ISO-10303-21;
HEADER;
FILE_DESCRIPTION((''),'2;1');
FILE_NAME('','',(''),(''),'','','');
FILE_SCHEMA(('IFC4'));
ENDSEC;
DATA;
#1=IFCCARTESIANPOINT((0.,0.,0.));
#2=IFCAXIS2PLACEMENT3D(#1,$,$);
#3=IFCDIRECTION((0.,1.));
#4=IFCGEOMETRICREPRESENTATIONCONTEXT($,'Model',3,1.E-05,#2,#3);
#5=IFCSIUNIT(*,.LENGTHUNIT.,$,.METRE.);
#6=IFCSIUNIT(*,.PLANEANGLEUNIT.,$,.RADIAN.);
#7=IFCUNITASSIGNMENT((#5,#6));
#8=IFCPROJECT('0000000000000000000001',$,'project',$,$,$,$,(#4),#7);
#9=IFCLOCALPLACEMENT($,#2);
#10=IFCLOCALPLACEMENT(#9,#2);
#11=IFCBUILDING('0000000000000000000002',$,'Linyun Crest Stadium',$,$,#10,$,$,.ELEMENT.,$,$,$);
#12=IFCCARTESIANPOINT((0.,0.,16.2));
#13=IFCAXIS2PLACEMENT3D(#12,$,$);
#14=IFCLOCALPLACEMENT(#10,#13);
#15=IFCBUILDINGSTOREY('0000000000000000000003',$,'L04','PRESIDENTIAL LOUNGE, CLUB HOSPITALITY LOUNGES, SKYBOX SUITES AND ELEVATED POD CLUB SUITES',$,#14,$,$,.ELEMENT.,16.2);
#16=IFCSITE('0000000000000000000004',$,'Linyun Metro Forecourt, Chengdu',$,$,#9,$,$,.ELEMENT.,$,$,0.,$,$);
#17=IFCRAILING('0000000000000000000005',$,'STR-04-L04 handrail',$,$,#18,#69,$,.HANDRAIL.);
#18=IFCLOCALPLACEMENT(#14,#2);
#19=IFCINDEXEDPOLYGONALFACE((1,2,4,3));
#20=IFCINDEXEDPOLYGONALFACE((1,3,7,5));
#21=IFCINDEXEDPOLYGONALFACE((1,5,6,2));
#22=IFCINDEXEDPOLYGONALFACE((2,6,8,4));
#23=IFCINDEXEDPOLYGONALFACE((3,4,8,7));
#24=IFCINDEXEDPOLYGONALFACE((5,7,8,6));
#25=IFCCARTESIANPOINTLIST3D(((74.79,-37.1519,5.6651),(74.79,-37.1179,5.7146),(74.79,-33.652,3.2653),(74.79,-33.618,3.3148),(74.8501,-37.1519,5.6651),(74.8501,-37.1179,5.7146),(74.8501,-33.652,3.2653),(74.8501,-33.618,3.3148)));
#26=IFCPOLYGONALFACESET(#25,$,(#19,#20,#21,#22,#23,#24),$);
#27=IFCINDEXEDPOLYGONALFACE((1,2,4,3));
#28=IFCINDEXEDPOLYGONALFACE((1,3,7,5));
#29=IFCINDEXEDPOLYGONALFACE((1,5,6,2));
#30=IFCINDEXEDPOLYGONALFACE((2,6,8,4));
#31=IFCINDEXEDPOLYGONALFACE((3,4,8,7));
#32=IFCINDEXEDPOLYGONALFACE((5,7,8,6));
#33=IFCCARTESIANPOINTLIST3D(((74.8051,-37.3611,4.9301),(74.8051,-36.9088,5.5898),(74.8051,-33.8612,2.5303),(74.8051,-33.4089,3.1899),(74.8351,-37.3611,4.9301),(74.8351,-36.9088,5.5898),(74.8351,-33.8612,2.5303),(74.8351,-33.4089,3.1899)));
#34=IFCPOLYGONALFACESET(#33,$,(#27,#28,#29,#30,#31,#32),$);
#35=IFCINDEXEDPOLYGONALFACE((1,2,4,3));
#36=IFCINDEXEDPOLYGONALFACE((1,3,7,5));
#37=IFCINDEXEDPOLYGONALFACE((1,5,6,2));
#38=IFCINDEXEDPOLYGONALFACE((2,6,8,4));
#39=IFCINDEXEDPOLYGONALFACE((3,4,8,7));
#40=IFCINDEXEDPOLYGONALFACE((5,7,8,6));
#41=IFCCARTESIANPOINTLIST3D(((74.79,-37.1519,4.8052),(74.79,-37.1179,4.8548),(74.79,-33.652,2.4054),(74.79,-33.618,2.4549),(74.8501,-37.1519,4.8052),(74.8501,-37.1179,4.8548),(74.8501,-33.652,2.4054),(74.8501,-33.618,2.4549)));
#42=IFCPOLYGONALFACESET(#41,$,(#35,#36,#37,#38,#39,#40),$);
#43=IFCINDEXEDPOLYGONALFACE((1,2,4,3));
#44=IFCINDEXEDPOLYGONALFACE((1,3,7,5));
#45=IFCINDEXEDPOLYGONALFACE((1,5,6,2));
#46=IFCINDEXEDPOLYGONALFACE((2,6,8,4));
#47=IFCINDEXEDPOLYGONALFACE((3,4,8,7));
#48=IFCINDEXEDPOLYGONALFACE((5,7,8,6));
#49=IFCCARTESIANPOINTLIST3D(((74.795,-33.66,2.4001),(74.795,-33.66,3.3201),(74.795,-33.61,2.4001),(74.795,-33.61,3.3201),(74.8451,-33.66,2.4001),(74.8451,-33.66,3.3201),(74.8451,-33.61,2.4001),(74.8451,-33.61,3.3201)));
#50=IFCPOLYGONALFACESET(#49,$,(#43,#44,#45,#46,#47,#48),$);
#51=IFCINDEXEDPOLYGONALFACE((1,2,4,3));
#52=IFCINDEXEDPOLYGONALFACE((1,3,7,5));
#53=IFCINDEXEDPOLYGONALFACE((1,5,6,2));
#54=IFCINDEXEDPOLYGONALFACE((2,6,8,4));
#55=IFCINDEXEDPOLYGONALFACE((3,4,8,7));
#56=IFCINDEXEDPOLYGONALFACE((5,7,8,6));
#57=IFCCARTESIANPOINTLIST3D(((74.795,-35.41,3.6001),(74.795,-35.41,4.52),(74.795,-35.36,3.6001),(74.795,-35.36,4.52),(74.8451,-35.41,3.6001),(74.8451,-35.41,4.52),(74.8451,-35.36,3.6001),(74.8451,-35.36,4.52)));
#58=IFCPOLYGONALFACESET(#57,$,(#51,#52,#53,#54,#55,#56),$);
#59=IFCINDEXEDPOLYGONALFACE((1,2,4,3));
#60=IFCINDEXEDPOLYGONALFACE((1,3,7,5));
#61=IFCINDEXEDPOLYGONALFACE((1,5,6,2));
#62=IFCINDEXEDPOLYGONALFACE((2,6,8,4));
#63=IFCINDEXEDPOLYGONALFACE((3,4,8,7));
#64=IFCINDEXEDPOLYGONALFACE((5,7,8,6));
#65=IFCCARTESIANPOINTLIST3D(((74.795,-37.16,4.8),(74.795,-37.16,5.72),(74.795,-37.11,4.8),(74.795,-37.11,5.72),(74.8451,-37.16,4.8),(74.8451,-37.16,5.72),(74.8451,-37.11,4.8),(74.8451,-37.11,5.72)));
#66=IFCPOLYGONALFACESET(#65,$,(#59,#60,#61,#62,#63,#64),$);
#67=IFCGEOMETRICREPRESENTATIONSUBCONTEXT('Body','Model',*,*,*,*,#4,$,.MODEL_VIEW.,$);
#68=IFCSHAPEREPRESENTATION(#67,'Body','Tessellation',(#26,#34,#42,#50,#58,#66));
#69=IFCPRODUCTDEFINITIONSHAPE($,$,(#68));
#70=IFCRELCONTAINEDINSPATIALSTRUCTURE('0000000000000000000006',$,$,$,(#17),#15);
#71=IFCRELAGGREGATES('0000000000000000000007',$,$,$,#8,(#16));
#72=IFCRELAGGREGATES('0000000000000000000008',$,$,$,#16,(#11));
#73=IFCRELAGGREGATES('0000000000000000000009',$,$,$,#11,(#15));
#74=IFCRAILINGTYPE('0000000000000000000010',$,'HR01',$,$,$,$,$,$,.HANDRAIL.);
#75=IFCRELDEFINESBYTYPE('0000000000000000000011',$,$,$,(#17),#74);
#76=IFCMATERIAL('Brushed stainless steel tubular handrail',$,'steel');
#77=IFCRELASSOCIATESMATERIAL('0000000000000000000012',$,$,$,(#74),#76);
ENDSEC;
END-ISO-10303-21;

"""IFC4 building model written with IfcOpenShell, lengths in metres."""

from ifc_helpers import new_model, si_unit, direction, frame, origin, origin_2d, place, context, subcontext, project, spatial, rectangle, extrude, material, type_object, element, save


model = new_model("IFC4")

# Units and contexts
model_context = context("Model", 3, precision=1e-05, world=origin(), true_north=direction((0.0, 1.0)))
body_context = subcontext(model_context, "Body", "Model", "MODEL_VIEW")
ifc_project = project(units=[si_unit("LENGTHUNIT", "METRE"), si_unit("PLANEANGLEUNIT", "RADIAN")], contexts=[model_context])

# Site, building, storey
site_placement = place(None, origin())
site = spatial("IfcSite", under=ifc_project, at=site_placement, Name="Linyun Metro Forecourt, Chengdu", CompositionType="ELEMENT", RefElevation=0.0)
building_placement = place(site_placement, origin())
building = spatial("IfcBuilding", under=site, at=building_placement, Name="Linyun Crest Stadium", CompositionType="ELEMENT")
storey_placement = place(building_placement, frame((0.0, 0.0, 16.2)))
storey = spatial("IfcBuildingStorey", under=building, at=storey_placement, Name="L04", Description="PRESIDENTIAL LOUNGE, CLUB HOSPITALITY LOUNGES, SKYBOX SUITES AND ELEVATED POD CLUB SUITES", CompositionType="ELEMENT", Elevation=16.2)

# Railing
ifc_material_1 = material(Name="Brushed stainless steel tubular handrail", Category="steel")
railing_type_1 = type_object("IfcRailingType", Name="HR01", PredefinedType="HANDRAIL", material=ifc_material_1)
railing_1_placement = place(storey_placement, frame((74.8201, -33.635, 2.4001)))
element("IfcRailing", 1, at=railing_1_placement, inside=storey, type_object=railing_type_1, Name="STR-04-L04 handrail", PredefinedType="HANDRAIL", context=body_context, shape_type="SweptSolid", body=[
    extrude(rectangle(XDim=0.0601, YDim=0.0601, at=origin_2d()), frame((0.0, 0.0, 0.8899), z_axis=(0.0, -0.82474, 0.565513), x_axis=(1.0, 0.0, 0.0)), (0.0, 0.0, 1.0), 4.2437),
    extrude(rectangle(XDim=0.03, YDim=0.7998, at=origin_2d()), frame((0.0, 0.0, 0.46), z_axis=(0.0, -0.82474, 0.565513), x_axis=(1.0, 0.0, 0.0)), (0.0, 0.0, 1.0), 4.2437),
    extrude(rectangle(XDim=0.0601, YDim=0.0601, at=origin_2d()), frame((0.0, 0.0, 0.03), z_axis=(0.0, -0.82474, 0.565513), x_axis=(1.0, 0.0, 0.0)), (0.0, 0.0, 1.0), 4.2437),
    extrude(rectangle(XDim=0.05, YDim=0.05, at=origin_2d()), origin(), (0.0, 0.0, 1.0), 0.9199),
    extrude(rectangle(XDim=0.05, YDim=0.05, at=origin_2d()), frame((0.0, -1.75, 1.2)), (0.0, 0.0, 1.0), 0.9199),
    extrude(rectangle(XDim=0.05, YDim=0.05, at=origin_2d()), frame((0.0, -3.5, 2.3999)), (0.0, 0.0, 1.0), 0.9199),
])

save(model, "model.ifc")
